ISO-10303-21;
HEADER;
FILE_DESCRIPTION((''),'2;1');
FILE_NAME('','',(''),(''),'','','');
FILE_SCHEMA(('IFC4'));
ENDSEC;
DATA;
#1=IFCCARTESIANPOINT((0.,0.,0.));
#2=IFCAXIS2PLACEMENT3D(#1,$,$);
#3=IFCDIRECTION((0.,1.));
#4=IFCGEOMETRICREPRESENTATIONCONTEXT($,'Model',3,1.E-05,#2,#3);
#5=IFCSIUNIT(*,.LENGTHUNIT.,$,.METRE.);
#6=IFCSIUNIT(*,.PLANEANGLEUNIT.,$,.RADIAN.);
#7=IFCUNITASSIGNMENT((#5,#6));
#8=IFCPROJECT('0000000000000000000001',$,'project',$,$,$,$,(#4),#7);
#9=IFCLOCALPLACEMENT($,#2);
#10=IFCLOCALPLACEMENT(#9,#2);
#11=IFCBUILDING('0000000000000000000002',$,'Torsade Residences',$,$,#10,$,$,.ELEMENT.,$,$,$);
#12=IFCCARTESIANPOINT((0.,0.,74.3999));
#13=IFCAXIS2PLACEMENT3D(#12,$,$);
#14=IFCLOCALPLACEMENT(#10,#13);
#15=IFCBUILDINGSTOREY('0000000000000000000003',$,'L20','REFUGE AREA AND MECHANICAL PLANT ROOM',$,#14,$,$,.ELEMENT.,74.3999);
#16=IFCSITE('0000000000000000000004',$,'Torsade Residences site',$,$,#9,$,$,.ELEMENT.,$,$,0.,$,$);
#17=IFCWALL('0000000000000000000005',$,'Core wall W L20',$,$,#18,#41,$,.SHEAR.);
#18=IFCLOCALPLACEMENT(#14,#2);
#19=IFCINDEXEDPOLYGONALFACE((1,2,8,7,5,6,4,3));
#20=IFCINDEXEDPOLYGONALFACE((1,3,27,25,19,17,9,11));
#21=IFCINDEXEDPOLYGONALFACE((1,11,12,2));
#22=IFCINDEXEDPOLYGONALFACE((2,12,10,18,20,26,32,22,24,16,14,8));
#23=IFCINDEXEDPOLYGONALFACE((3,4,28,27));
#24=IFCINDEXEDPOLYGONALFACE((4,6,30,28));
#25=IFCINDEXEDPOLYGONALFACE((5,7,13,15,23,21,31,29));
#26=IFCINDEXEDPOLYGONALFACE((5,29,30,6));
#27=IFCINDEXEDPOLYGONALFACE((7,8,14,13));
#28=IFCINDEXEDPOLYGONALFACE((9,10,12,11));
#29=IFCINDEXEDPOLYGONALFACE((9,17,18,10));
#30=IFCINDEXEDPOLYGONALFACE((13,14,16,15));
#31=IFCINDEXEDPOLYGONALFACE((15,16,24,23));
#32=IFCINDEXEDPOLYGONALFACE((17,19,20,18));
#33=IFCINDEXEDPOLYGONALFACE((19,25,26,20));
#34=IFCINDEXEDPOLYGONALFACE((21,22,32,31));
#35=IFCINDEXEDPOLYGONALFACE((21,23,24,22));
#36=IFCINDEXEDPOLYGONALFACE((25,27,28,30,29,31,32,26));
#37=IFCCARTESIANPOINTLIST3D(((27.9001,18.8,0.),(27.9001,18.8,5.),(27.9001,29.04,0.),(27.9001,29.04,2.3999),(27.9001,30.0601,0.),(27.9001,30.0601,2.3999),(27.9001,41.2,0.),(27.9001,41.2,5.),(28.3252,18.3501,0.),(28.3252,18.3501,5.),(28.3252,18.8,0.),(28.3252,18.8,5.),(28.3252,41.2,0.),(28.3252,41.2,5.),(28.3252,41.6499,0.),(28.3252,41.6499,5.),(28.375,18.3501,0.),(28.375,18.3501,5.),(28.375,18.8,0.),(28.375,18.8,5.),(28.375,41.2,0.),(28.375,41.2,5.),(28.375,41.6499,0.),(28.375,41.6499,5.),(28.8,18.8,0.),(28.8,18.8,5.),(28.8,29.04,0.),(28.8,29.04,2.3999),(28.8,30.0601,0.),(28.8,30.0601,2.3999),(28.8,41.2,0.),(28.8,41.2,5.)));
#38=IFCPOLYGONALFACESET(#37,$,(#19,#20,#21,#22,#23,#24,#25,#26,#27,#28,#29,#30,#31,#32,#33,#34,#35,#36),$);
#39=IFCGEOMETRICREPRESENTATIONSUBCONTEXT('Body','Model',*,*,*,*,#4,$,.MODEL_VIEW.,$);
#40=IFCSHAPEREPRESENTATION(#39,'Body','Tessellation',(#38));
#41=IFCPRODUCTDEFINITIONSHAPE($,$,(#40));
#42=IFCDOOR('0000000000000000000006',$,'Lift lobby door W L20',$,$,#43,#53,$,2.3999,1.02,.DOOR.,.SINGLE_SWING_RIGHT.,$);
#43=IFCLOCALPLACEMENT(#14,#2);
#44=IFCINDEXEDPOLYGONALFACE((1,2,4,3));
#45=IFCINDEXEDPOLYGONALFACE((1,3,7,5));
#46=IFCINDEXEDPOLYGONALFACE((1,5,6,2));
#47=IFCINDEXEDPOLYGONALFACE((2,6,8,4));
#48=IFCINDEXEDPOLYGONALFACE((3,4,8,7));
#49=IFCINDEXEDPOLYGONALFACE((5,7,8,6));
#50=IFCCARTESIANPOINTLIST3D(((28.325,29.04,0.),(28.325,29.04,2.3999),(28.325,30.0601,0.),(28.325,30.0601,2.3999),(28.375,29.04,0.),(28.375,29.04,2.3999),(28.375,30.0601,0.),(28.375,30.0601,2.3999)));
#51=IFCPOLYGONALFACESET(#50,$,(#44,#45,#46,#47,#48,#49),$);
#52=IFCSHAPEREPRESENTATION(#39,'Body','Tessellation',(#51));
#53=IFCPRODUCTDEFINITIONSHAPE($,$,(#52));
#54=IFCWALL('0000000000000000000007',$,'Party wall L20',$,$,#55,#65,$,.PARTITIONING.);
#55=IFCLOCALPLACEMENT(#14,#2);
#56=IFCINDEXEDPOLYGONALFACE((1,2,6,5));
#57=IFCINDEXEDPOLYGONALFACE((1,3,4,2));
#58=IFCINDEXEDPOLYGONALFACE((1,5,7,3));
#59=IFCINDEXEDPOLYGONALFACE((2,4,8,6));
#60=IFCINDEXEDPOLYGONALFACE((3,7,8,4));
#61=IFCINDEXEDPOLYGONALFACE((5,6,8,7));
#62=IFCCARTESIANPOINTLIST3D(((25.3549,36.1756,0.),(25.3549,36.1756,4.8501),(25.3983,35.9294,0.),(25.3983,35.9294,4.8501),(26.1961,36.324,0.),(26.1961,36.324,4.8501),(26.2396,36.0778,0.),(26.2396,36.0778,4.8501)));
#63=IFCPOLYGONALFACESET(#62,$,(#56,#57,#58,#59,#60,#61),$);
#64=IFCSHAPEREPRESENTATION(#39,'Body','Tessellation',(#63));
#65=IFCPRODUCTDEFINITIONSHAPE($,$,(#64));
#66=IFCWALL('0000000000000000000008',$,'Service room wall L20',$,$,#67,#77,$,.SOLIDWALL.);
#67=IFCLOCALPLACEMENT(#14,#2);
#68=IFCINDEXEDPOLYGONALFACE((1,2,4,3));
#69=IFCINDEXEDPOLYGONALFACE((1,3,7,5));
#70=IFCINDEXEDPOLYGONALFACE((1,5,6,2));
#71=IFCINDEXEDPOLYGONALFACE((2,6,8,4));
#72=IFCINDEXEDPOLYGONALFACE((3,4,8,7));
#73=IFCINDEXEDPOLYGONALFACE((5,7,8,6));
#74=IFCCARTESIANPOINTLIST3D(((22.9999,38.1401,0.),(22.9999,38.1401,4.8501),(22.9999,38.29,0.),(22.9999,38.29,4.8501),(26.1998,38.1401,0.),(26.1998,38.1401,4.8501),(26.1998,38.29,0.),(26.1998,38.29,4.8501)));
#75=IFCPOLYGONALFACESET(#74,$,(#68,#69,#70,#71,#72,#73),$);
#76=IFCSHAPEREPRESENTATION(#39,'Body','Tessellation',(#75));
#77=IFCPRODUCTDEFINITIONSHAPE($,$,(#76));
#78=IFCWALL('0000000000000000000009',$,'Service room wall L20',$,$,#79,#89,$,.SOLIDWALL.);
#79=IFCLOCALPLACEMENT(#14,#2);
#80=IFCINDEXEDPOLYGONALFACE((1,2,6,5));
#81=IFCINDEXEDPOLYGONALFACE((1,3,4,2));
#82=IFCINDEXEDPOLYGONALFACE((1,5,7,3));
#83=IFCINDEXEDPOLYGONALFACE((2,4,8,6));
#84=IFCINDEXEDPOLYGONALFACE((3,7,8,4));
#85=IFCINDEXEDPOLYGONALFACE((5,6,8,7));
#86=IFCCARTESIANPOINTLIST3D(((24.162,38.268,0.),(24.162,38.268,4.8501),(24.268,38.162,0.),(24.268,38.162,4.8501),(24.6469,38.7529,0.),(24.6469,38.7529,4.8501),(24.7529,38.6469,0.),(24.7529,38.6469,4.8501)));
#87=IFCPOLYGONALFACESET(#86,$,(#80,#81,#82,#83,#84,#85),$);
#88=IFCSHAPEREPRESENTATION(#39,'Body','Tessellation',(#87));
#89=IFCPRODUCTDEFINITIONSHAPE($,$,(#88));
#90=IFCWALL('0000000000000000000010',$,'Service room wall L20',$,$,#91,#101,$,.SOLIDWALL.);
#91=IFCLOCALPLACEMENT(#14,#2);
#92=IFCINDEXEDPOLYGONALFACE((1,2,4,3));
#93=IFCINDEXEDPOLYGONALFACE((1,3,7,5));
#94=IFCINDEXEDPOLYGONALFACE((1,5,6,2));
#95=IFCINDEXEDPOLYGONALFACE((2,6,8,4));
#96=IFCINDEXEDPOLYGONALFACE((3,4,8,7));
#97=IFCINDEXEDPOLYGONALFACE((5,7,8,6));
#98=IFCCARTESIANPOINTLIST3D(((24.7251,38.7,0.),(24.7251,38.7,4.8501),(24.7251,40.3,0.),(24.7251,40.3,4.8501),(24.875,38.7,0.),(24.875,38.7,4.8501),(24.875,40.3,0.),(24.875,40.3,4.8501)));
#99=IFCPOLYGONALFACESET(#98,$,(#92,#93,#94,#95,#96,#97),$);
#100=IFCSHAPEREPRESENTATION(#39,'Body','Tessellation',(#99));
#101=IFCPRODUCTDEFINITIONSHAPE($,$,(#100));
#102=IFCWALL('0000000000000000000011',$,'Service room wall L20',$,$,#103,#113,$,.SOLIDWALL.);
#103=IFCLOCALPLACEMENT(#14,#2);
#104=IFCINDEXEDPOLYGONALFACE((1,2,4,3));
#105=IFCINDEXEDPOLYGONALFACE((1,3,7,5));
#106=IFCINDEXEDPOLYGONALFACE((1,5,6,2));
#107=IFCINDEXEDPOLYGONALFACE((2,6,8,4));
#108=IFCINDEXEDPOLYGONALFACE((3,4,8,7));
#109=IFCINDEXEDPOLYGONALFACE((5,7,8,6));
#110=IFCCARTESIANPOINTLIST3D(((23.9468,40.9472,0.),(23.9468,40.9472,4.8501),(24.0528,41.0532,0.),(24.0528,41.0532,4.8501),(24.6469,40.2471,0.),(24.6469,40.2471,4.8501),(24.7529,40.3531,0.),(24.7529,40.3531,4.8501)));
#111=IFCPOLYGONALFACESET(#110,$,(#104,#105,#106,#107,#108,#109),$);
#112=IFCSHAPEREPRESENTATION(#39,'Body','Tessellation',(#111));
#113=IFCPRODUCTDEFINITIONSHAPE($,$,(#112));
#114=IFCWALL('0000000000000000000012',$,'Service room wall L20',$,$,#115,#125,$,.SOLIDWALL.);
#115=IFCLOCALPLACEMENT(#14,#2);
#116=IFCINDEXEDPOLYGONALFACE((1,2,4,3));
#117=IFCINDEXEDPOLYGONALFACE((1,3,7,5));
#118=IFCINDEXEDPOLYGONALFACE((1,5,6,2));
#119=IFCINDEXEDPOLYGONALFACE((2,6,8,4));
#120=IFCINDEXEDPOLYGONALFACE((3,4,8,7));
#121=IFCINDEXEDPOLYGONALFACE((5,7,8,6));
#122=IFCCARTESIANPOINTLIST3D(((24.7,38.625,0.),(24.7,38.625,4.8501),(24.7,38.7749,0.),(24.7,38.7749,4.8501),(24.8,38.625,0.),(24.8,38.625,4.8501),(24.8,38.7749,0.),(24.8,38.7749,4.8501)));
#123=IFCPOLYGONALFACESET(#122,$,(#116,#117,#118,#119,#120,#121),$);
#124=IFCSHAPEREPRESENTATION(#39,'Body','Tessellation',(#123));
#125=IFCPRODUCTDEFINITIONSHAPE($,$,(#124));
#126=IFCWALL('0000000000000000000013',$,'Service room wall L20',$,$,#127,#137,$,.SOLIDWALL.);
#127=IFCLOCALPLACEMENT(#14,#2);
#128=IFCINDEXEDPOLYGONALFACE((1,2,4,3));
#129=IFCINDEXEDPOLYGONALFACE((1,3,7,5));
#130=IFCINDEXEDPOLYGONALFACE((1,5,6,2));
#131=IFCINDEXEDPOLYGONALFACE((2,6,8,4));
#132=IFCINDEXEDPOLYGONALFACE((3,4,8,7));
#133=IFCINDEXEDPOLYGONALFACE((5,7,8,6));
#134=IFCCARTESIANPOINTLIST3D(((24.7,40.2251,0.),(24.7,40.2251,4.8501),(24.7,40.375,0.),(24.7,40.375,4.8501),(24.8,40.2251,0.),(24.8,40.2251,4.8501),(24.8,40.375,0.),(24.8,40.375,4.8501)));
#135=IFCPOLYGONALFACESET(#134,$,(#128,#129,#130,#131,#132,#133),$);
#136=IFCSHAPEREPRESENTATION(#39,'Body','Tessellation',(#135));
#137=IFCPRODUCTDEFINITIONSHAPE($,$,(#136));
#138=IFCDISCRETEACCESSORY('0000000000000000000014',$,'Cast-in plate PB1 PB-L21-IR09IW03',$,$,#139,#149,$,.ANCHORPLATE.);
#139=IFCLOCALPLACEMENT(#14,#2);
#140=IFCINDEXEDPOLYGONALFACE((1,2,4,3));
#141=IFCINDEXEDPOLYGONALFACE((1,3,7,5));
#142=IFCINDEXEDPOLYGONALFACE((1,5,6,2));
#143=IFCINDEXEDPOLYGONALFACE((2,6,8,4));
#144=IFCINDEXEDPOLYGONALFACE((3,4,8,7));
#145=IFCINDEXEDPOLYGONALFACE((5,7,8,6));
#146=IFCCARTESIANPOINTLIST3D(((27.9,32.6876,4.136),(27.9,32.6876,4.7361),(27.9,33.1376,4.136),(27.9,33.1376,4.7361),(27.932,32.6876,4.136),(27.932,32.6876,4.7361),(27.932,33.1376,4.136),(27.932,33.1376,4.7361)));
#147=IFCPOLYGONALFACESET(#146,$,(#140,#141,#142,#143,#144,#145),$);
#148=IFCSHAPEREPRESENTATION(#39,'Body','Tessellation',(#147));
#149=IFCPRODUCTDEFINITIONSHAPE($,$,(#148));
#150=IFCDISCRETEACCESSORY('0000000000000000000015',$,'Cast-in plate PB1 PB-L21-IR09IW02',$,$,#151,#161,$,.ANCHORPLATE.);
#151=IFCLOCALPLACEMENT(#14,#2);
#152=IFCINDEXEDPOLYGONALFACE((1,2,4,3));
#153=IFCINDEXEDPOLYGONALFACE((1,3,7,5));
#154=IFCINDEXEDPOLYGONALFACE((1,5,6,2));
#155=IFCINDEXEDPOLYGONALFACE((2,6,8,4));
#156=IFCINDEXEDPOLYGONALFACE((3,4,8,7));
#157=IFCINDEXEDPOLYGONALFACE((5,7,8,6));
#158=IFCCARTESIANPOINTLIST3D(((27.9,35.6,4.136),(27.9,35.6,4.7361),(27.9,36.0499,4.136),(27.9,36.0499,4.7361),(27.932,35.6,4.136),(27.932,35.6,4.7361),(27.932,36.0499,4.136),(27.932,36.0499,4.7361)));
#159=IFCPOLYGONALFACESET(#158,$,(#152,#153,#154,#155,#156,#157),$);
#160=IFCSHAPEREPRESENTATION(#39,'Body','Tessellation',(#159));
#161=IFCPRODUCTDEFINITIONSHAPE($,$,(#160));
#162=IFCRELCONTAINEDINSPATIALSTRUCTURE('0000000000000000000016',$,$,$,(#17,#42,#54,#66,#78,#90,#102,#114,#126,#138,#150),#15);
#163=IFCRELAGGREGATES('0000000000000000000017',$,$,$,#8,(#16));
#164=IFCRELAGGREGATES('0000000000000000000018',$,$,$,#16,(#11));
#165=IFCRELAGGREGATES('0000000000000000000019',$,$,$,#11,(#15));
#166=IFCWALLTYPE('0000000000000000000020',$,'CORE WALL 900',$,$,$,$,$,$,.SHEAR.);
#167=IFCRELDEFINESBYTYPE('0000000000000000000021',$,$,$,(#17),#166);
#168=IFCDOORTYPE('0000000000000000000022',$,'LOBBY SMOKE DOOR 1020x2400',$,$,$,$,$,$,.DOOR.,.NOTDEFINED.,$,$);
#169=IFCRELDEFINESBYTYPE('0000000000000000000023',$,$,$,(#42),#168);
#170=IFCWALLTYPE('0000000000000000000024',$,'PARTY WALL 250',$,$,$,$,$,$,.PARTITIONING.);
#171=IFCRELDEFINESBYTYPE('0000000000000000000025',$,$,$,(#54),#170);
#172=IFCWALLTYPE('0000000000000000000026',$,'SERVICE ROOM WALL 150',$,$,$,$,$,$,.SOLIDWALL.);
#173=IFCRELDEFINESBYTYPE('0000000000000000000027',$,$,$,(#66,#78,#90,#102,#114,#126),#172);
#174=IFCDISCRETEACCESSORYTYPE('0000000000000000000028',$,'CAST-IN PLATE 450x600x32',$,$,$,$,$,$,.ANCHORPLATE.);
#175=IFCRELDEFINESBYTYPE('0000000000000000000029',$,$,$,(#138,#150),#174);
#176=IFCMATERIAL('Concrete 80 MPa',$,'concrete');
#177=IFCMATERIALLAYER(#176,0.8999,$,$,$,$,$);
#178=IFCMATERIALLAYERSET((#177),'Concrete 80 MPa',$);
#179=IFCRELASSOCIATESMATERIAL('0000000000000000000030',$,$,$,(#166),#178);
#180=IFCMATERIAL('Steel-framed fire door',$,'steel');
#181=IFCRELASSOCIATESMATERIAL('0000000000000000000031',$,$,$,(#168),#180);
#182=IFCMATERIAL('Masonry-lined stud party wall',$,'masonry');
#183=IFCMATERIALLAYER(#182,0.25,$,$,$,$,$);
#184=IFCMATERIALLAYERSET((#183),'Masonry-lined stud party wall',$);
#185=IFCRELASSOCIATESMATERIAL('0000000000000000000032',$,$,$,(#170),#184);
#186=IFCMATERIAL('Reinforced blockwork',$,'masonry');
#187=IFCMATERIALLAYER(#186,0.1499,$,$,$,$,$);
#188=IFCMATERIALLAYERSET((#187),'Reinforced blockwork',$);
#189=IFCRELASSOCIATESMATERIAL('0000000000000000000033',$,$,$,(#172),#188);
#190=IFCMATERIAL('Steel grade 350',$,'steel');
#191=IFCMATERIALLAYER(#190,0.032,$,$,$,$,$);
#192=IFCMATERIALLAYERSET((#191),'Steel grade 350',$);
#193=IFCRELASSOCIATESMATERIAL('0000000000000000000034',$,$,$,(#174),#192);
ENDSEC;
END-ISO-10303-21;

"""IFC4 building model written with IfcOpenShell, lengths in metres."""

from ifc_helpers import new_model, si_unit, direction, frame, frame_2d, origin, origin_2d, place, context, subcontext, project, spatial, polyline, rectangle, outline, extrude, material, layer, layer_set, type_object, element, fill, save


model = new_model("IFC4")

# Units and contexts
model_context = context("Model", 3, precision=1e-05, world=origin(), true_north=direction((0.0, 1.0)))
body_context = subcontext(model_context, "Body", "Model", "MODEL_VIEW")
ifc_project = project(units=[si_unit("LENGTHUNIT", "METRE"), si_unit("PLANEANGLEUNIT", "RADIAN")], contexts=[model_context])

# Site, building, storey
site_placement = place(None, origin())
site = spatial("IfcSite", under=ifc_project, at=site_placement, Name="Torsade Residences site", CompositionType="ELEMENT", RefElevation=0.0)
building_placement = place(site_placement, origin())
building = spatial("IfcBuilding", under=site, at=building_placement, Name="Torsade Residences", CompositionType="ELEMENT")
storey_placement = place(building_placement, frame((0.0, 0.0, 74.3999)))
storey = spatial("IfcBuildingStorey", under=building, at=storey_placement, Name="L20", Description="REFUGE AREA AND MECHANICAL PLANT ROOM", CompositionType="ELEMENT", Elevation=74.3999)

# Wall, opening, door
ifc_material_1 = material(Name="Concrete 80 MPa", Category="concrete")
ifc_layer_1 = layer(ifc_material_1, 0.8999)
ifc_layer_set_1 = layer_set([ifc_layer_1], Name="Concrete 80 MPa")
wall_type_1 = type_object("IfcWallType", Name="CORE WALL 900", PredefinedType="SHEAR", material=ifc_layer_set_1)
wall_1_placement = place(storey_placement, frame((28.3501, 41.2, 0.0), z_axis=(0.0, 0.0, 1.0), x_axis=(0.0, -1.0, 0.0)))
wall_1 = element("IfcWall", 1, at=wall_1_placement, inside=storey, type_object=wall_type_1, Name="Core wall W L20", PredefinedType="SHEAR", context=body_context, shape_type="SweptSolid", body=[
    extrude(outline(polyline([(0.0, -0.45), (22.3999, -0.45), (22.3999, -0.0249), (22.8499, -0.0249), (22.8499, 0.0249), (22.3999, 0.0249), (22.3999, 0.45), (0.0, 0.45), (0.0, 0.0249), (-0.45, 0.0249), (-0.45, -0.0249), (0.0, -0.0249), (0.0, -0.45)])), origin(), (0.0, 0.0, 1.0), 5.0),
])
opening_1_placement = place(wall_1_placement, frame((11.1399, 0.0, 0.0)))
opening_1 = element("IfcOpeningElement", 2, at=opening_1_placement, cuts=wall_1, PredefinedType="OPENING", context=body_context, shape_type="SweptSolid", body=[
    extrude(rectangle(XDim=1.02, YDim=2.3999, at=frame_2d((0.51, 1.2))), frame((0.0, 0.46, 0.0), z_axis=(0.0, -1.0, 0.0), x_axis=(1.0, 0.0, 0.0)), (0.0, 0.0, 1.0), 0.9199),
])
ifc_material_2 = material(Name="Steel-framed fire door", Category="steel")
door_type_1 = type_object("IfcDoorType", Name="LOBBY SMOKE DOOR 1020x2400", OperationType="NOTDEFINED", PredefinedType="DOOR", material=ifc_material_2)
door_1_placement = place(opening_1_placement, origin())
door_1 = element("IfcDoor", 3, at=door_1_placement, inside=storey, type_object=door_type_1, Name="Lift lobby door W L20", OperationType="SINGLE_SWING_RIGHT", OverallHeight=2.3999, OverallWidth=1.02, PredefinedType="DOOR", context=body_context, shape_type="SweptSolid", body=[
    extrude(rectangle(XDim=1.02, YDim=2.3999, at=frame_2d((0.51, 1.2))), frame((0.0, 0.0249, 0.0), z_axis=(0.0, -1.0, 0.0), x_axis=(1.0, 0.0, 0.0)), (0.0, 0.0, 1.0), 0.05),
])
fill(opening_1, door_1)

# Walls
ifc_material_3 = material(Name="Masonry-lined stud party wall", Category="masonry")
ifc_layer_2 = layer(ifc_material_3, 0.25)
ifc_layer_set_2 = layer_set([ifc_layer_2], Name="Masonry-lined stud party wall")
wall_type_2 = type_object("IfcWallType", Name="PARTY WALL 250", PredefinedType="PARTITIONING", material=ifc_layer_set_2)
wall_2_placement = place(storey_placement, frame((25.3765, 36.0525, 0.0), z_axis=(0.0, 0.0, 1.0), x_axis=(0.984789, 0.173753, 0.0)))
element("IfcWall", 4, at=wall_2_placement, inside=storey, type_object=wall_type_2, Name="Party wall L20", PredefinedType="PARTITIONING", context=body_context, shape_type="SweptSolid", body=[
    extrude(rectangle(XDim=0.8542, YDim=0.25, at=frame_2d((0.4272, 0.0))), origin(), (0.0, 0.0, 1.0), 4.8501),
])
ifc_material_4 = material(Name="Reinforced blockwork", Category="masonry")
ifc_layer_3 = layer(ifc_material_4, 0.1499)
ifc_layer_set_3 = layer_set([ifc_layer_3], Name="Reinforced blockwork")
wall_type_3 = type_object("IfcWallType", Name="SERVICE ROOM WALL 150", PredefinedType="SOLIDWALL", material=ifc_layer_set_3)
wall_3_placement = place(storey_placement, frame((26.2, 38.2151, 0.0), z_axis=(0.0, 0.0, 1.0), x_axis=(-1.0, 0.0, 0.0)))
element("IfcWall", 5, at=wall_3_placement, inside=storey, type_object=wall_type_3, Name="Service room wall L20", PredefinedType="SOLIDWALL", context=body_context, shape_type="SweptSolid", body=[
    extrude(rectangle(XDim=3.2, YDim=0.1499, at=frame_2d((1.6001, 0.0))), origin(), (0.0, 0.0, 1.0), 4.8501),
])
wall_4_placement = place(storey_placement, frame((24.2151, 38.2151, 0.0), z_axis=(0.0, 0.0, 1.0), x_axis=(0.707107, 0.707107, 0.0)))
element("IfcWall", 6, at=wall_4_placement, inside=storey, type_object=wall_type_3, Name="Service room wall L20", PredefinedType="SOLIDWALL", context=body_context, shape_type="SweptSolid", body=[
    extrude(rectangle(XDim=0.6858, YDim=0.1499, at=frame_2d((0.3428, 0.0))), origin(), (0.0, 0.0, 1.0), 4.8501),
])
wall_5_placement = place(storey_placement, frame((24.8, 38.7, 0.0), z_axis=(0.0, 0.0, 1.0), x_axis=(0.0, 1.0, 0.0)))
element("IfcWall", 7, at=wall_5_placement, inside=storey, type_object=wall_type_3, Name="Service room wall L20", PredefinedType="SOLIDWALL", context=body_context, shape_type="SweptSolid", body=[
    extrude(rectangle(XDim=1.6001, YDim=0.1499, at=frame_2d((0.8, 0.0))), origin(), (0.0, 0.0, 1.0), 4.8501),
])
wall_6_placement = place(storey_placement, frame((24.7, 40.3, 0.0), z_axis=(0.0, 0.0, 1.0), x_axis=(-0.707107, 0.707107, 0.0)))
element("IfcWall", 8, at=wall_6_placement, inside=storey, type_object=wall_type_3, Name="Service room wall L20", PredefinedType="SOLIDWALL", context=body_context, shape_type="SweptSolid", body=[
    extrude(rectangle(XDim=0.99, YDim=0.1499, at=frame_2d((0.4951, 0.0))), origin(), (0.0, 0.0, 1.0), 4.8501),
])
for number, where, z_axis, x_axis, name in (
    (9, (24.8, 38.7, 0.0), (0.0, 0.0, 1.0), (-1.0, 0.0, 0.0), "Service room wall L20"),
    (10, (24.8, 40.3, 0.0), (0.0, 0.0, 1.0), (-1.0, 0.0, 0.0), "Service room wall L20"),
):
    element("IfcWall", number, at=place(storey_placement, frame(where, z_axis=z_axis, x_axis=x_axis)), inside=storey, type_object=wall_type_3, Name=name, PredefinedType="SOLIDWALL", context=body_context, shape_type="SweptSolid", body=[
        extrude(rectangle(XDim=0.1001, YDim=0.1499, at=frame_2d((0.05, 0.0))), origin(), (0.0, 0.0, 1.0), 4.8501),
    ])

# Discrete accessories
ifc_material_5 = material(Name="Steel grade 350", Category="steel")
ifc_layer_4 = layer(ifc_material_5, 0.032)
ifc_layer_set_4 = layer_set([ifc_layer_4], Name="Steel grade 350")
discrete_accessory_type = type_object("IfcDiscreteAccessoryType", Name="CAST-IN PLATE 450x600x32", PredefinedType="ANCHORPLATE", material=ifc_layer_set_4)
for number, where, z_axis, x_axis, name in (
    (11, (27.916, 32.9126, 4.136), (0.0, 0.0, 1.0), (1.0, 0.0, 0.0), "Cast-in plate PB1 PB-L21-IR09IW03"),
    (12, (27.916, 35.825, 4.136), (0.0, 0.0, 1.0), (1.0, 0.0, 0.0), "Cast-in plate PB1 PB-L21-IR09IW02"),
):
    element("IfcDiscreteAccessory", number, at=place(storey_placement, frame(where, z_axis=z_axis, x_axis=x_axis)), inside=storey, type_object=discrete_accessory_type, Name=name, PredefinedType="ANCHORPLATE", context=body_context, shape_type="SweptSolid", body=[
        extrude(rectangle(XDim=0.032, YDim=0.45, at=origin_2d()), origin(), (0.0, 0.0, 1.0), 0.6001),
    ])

save(model, "model.ifc")
